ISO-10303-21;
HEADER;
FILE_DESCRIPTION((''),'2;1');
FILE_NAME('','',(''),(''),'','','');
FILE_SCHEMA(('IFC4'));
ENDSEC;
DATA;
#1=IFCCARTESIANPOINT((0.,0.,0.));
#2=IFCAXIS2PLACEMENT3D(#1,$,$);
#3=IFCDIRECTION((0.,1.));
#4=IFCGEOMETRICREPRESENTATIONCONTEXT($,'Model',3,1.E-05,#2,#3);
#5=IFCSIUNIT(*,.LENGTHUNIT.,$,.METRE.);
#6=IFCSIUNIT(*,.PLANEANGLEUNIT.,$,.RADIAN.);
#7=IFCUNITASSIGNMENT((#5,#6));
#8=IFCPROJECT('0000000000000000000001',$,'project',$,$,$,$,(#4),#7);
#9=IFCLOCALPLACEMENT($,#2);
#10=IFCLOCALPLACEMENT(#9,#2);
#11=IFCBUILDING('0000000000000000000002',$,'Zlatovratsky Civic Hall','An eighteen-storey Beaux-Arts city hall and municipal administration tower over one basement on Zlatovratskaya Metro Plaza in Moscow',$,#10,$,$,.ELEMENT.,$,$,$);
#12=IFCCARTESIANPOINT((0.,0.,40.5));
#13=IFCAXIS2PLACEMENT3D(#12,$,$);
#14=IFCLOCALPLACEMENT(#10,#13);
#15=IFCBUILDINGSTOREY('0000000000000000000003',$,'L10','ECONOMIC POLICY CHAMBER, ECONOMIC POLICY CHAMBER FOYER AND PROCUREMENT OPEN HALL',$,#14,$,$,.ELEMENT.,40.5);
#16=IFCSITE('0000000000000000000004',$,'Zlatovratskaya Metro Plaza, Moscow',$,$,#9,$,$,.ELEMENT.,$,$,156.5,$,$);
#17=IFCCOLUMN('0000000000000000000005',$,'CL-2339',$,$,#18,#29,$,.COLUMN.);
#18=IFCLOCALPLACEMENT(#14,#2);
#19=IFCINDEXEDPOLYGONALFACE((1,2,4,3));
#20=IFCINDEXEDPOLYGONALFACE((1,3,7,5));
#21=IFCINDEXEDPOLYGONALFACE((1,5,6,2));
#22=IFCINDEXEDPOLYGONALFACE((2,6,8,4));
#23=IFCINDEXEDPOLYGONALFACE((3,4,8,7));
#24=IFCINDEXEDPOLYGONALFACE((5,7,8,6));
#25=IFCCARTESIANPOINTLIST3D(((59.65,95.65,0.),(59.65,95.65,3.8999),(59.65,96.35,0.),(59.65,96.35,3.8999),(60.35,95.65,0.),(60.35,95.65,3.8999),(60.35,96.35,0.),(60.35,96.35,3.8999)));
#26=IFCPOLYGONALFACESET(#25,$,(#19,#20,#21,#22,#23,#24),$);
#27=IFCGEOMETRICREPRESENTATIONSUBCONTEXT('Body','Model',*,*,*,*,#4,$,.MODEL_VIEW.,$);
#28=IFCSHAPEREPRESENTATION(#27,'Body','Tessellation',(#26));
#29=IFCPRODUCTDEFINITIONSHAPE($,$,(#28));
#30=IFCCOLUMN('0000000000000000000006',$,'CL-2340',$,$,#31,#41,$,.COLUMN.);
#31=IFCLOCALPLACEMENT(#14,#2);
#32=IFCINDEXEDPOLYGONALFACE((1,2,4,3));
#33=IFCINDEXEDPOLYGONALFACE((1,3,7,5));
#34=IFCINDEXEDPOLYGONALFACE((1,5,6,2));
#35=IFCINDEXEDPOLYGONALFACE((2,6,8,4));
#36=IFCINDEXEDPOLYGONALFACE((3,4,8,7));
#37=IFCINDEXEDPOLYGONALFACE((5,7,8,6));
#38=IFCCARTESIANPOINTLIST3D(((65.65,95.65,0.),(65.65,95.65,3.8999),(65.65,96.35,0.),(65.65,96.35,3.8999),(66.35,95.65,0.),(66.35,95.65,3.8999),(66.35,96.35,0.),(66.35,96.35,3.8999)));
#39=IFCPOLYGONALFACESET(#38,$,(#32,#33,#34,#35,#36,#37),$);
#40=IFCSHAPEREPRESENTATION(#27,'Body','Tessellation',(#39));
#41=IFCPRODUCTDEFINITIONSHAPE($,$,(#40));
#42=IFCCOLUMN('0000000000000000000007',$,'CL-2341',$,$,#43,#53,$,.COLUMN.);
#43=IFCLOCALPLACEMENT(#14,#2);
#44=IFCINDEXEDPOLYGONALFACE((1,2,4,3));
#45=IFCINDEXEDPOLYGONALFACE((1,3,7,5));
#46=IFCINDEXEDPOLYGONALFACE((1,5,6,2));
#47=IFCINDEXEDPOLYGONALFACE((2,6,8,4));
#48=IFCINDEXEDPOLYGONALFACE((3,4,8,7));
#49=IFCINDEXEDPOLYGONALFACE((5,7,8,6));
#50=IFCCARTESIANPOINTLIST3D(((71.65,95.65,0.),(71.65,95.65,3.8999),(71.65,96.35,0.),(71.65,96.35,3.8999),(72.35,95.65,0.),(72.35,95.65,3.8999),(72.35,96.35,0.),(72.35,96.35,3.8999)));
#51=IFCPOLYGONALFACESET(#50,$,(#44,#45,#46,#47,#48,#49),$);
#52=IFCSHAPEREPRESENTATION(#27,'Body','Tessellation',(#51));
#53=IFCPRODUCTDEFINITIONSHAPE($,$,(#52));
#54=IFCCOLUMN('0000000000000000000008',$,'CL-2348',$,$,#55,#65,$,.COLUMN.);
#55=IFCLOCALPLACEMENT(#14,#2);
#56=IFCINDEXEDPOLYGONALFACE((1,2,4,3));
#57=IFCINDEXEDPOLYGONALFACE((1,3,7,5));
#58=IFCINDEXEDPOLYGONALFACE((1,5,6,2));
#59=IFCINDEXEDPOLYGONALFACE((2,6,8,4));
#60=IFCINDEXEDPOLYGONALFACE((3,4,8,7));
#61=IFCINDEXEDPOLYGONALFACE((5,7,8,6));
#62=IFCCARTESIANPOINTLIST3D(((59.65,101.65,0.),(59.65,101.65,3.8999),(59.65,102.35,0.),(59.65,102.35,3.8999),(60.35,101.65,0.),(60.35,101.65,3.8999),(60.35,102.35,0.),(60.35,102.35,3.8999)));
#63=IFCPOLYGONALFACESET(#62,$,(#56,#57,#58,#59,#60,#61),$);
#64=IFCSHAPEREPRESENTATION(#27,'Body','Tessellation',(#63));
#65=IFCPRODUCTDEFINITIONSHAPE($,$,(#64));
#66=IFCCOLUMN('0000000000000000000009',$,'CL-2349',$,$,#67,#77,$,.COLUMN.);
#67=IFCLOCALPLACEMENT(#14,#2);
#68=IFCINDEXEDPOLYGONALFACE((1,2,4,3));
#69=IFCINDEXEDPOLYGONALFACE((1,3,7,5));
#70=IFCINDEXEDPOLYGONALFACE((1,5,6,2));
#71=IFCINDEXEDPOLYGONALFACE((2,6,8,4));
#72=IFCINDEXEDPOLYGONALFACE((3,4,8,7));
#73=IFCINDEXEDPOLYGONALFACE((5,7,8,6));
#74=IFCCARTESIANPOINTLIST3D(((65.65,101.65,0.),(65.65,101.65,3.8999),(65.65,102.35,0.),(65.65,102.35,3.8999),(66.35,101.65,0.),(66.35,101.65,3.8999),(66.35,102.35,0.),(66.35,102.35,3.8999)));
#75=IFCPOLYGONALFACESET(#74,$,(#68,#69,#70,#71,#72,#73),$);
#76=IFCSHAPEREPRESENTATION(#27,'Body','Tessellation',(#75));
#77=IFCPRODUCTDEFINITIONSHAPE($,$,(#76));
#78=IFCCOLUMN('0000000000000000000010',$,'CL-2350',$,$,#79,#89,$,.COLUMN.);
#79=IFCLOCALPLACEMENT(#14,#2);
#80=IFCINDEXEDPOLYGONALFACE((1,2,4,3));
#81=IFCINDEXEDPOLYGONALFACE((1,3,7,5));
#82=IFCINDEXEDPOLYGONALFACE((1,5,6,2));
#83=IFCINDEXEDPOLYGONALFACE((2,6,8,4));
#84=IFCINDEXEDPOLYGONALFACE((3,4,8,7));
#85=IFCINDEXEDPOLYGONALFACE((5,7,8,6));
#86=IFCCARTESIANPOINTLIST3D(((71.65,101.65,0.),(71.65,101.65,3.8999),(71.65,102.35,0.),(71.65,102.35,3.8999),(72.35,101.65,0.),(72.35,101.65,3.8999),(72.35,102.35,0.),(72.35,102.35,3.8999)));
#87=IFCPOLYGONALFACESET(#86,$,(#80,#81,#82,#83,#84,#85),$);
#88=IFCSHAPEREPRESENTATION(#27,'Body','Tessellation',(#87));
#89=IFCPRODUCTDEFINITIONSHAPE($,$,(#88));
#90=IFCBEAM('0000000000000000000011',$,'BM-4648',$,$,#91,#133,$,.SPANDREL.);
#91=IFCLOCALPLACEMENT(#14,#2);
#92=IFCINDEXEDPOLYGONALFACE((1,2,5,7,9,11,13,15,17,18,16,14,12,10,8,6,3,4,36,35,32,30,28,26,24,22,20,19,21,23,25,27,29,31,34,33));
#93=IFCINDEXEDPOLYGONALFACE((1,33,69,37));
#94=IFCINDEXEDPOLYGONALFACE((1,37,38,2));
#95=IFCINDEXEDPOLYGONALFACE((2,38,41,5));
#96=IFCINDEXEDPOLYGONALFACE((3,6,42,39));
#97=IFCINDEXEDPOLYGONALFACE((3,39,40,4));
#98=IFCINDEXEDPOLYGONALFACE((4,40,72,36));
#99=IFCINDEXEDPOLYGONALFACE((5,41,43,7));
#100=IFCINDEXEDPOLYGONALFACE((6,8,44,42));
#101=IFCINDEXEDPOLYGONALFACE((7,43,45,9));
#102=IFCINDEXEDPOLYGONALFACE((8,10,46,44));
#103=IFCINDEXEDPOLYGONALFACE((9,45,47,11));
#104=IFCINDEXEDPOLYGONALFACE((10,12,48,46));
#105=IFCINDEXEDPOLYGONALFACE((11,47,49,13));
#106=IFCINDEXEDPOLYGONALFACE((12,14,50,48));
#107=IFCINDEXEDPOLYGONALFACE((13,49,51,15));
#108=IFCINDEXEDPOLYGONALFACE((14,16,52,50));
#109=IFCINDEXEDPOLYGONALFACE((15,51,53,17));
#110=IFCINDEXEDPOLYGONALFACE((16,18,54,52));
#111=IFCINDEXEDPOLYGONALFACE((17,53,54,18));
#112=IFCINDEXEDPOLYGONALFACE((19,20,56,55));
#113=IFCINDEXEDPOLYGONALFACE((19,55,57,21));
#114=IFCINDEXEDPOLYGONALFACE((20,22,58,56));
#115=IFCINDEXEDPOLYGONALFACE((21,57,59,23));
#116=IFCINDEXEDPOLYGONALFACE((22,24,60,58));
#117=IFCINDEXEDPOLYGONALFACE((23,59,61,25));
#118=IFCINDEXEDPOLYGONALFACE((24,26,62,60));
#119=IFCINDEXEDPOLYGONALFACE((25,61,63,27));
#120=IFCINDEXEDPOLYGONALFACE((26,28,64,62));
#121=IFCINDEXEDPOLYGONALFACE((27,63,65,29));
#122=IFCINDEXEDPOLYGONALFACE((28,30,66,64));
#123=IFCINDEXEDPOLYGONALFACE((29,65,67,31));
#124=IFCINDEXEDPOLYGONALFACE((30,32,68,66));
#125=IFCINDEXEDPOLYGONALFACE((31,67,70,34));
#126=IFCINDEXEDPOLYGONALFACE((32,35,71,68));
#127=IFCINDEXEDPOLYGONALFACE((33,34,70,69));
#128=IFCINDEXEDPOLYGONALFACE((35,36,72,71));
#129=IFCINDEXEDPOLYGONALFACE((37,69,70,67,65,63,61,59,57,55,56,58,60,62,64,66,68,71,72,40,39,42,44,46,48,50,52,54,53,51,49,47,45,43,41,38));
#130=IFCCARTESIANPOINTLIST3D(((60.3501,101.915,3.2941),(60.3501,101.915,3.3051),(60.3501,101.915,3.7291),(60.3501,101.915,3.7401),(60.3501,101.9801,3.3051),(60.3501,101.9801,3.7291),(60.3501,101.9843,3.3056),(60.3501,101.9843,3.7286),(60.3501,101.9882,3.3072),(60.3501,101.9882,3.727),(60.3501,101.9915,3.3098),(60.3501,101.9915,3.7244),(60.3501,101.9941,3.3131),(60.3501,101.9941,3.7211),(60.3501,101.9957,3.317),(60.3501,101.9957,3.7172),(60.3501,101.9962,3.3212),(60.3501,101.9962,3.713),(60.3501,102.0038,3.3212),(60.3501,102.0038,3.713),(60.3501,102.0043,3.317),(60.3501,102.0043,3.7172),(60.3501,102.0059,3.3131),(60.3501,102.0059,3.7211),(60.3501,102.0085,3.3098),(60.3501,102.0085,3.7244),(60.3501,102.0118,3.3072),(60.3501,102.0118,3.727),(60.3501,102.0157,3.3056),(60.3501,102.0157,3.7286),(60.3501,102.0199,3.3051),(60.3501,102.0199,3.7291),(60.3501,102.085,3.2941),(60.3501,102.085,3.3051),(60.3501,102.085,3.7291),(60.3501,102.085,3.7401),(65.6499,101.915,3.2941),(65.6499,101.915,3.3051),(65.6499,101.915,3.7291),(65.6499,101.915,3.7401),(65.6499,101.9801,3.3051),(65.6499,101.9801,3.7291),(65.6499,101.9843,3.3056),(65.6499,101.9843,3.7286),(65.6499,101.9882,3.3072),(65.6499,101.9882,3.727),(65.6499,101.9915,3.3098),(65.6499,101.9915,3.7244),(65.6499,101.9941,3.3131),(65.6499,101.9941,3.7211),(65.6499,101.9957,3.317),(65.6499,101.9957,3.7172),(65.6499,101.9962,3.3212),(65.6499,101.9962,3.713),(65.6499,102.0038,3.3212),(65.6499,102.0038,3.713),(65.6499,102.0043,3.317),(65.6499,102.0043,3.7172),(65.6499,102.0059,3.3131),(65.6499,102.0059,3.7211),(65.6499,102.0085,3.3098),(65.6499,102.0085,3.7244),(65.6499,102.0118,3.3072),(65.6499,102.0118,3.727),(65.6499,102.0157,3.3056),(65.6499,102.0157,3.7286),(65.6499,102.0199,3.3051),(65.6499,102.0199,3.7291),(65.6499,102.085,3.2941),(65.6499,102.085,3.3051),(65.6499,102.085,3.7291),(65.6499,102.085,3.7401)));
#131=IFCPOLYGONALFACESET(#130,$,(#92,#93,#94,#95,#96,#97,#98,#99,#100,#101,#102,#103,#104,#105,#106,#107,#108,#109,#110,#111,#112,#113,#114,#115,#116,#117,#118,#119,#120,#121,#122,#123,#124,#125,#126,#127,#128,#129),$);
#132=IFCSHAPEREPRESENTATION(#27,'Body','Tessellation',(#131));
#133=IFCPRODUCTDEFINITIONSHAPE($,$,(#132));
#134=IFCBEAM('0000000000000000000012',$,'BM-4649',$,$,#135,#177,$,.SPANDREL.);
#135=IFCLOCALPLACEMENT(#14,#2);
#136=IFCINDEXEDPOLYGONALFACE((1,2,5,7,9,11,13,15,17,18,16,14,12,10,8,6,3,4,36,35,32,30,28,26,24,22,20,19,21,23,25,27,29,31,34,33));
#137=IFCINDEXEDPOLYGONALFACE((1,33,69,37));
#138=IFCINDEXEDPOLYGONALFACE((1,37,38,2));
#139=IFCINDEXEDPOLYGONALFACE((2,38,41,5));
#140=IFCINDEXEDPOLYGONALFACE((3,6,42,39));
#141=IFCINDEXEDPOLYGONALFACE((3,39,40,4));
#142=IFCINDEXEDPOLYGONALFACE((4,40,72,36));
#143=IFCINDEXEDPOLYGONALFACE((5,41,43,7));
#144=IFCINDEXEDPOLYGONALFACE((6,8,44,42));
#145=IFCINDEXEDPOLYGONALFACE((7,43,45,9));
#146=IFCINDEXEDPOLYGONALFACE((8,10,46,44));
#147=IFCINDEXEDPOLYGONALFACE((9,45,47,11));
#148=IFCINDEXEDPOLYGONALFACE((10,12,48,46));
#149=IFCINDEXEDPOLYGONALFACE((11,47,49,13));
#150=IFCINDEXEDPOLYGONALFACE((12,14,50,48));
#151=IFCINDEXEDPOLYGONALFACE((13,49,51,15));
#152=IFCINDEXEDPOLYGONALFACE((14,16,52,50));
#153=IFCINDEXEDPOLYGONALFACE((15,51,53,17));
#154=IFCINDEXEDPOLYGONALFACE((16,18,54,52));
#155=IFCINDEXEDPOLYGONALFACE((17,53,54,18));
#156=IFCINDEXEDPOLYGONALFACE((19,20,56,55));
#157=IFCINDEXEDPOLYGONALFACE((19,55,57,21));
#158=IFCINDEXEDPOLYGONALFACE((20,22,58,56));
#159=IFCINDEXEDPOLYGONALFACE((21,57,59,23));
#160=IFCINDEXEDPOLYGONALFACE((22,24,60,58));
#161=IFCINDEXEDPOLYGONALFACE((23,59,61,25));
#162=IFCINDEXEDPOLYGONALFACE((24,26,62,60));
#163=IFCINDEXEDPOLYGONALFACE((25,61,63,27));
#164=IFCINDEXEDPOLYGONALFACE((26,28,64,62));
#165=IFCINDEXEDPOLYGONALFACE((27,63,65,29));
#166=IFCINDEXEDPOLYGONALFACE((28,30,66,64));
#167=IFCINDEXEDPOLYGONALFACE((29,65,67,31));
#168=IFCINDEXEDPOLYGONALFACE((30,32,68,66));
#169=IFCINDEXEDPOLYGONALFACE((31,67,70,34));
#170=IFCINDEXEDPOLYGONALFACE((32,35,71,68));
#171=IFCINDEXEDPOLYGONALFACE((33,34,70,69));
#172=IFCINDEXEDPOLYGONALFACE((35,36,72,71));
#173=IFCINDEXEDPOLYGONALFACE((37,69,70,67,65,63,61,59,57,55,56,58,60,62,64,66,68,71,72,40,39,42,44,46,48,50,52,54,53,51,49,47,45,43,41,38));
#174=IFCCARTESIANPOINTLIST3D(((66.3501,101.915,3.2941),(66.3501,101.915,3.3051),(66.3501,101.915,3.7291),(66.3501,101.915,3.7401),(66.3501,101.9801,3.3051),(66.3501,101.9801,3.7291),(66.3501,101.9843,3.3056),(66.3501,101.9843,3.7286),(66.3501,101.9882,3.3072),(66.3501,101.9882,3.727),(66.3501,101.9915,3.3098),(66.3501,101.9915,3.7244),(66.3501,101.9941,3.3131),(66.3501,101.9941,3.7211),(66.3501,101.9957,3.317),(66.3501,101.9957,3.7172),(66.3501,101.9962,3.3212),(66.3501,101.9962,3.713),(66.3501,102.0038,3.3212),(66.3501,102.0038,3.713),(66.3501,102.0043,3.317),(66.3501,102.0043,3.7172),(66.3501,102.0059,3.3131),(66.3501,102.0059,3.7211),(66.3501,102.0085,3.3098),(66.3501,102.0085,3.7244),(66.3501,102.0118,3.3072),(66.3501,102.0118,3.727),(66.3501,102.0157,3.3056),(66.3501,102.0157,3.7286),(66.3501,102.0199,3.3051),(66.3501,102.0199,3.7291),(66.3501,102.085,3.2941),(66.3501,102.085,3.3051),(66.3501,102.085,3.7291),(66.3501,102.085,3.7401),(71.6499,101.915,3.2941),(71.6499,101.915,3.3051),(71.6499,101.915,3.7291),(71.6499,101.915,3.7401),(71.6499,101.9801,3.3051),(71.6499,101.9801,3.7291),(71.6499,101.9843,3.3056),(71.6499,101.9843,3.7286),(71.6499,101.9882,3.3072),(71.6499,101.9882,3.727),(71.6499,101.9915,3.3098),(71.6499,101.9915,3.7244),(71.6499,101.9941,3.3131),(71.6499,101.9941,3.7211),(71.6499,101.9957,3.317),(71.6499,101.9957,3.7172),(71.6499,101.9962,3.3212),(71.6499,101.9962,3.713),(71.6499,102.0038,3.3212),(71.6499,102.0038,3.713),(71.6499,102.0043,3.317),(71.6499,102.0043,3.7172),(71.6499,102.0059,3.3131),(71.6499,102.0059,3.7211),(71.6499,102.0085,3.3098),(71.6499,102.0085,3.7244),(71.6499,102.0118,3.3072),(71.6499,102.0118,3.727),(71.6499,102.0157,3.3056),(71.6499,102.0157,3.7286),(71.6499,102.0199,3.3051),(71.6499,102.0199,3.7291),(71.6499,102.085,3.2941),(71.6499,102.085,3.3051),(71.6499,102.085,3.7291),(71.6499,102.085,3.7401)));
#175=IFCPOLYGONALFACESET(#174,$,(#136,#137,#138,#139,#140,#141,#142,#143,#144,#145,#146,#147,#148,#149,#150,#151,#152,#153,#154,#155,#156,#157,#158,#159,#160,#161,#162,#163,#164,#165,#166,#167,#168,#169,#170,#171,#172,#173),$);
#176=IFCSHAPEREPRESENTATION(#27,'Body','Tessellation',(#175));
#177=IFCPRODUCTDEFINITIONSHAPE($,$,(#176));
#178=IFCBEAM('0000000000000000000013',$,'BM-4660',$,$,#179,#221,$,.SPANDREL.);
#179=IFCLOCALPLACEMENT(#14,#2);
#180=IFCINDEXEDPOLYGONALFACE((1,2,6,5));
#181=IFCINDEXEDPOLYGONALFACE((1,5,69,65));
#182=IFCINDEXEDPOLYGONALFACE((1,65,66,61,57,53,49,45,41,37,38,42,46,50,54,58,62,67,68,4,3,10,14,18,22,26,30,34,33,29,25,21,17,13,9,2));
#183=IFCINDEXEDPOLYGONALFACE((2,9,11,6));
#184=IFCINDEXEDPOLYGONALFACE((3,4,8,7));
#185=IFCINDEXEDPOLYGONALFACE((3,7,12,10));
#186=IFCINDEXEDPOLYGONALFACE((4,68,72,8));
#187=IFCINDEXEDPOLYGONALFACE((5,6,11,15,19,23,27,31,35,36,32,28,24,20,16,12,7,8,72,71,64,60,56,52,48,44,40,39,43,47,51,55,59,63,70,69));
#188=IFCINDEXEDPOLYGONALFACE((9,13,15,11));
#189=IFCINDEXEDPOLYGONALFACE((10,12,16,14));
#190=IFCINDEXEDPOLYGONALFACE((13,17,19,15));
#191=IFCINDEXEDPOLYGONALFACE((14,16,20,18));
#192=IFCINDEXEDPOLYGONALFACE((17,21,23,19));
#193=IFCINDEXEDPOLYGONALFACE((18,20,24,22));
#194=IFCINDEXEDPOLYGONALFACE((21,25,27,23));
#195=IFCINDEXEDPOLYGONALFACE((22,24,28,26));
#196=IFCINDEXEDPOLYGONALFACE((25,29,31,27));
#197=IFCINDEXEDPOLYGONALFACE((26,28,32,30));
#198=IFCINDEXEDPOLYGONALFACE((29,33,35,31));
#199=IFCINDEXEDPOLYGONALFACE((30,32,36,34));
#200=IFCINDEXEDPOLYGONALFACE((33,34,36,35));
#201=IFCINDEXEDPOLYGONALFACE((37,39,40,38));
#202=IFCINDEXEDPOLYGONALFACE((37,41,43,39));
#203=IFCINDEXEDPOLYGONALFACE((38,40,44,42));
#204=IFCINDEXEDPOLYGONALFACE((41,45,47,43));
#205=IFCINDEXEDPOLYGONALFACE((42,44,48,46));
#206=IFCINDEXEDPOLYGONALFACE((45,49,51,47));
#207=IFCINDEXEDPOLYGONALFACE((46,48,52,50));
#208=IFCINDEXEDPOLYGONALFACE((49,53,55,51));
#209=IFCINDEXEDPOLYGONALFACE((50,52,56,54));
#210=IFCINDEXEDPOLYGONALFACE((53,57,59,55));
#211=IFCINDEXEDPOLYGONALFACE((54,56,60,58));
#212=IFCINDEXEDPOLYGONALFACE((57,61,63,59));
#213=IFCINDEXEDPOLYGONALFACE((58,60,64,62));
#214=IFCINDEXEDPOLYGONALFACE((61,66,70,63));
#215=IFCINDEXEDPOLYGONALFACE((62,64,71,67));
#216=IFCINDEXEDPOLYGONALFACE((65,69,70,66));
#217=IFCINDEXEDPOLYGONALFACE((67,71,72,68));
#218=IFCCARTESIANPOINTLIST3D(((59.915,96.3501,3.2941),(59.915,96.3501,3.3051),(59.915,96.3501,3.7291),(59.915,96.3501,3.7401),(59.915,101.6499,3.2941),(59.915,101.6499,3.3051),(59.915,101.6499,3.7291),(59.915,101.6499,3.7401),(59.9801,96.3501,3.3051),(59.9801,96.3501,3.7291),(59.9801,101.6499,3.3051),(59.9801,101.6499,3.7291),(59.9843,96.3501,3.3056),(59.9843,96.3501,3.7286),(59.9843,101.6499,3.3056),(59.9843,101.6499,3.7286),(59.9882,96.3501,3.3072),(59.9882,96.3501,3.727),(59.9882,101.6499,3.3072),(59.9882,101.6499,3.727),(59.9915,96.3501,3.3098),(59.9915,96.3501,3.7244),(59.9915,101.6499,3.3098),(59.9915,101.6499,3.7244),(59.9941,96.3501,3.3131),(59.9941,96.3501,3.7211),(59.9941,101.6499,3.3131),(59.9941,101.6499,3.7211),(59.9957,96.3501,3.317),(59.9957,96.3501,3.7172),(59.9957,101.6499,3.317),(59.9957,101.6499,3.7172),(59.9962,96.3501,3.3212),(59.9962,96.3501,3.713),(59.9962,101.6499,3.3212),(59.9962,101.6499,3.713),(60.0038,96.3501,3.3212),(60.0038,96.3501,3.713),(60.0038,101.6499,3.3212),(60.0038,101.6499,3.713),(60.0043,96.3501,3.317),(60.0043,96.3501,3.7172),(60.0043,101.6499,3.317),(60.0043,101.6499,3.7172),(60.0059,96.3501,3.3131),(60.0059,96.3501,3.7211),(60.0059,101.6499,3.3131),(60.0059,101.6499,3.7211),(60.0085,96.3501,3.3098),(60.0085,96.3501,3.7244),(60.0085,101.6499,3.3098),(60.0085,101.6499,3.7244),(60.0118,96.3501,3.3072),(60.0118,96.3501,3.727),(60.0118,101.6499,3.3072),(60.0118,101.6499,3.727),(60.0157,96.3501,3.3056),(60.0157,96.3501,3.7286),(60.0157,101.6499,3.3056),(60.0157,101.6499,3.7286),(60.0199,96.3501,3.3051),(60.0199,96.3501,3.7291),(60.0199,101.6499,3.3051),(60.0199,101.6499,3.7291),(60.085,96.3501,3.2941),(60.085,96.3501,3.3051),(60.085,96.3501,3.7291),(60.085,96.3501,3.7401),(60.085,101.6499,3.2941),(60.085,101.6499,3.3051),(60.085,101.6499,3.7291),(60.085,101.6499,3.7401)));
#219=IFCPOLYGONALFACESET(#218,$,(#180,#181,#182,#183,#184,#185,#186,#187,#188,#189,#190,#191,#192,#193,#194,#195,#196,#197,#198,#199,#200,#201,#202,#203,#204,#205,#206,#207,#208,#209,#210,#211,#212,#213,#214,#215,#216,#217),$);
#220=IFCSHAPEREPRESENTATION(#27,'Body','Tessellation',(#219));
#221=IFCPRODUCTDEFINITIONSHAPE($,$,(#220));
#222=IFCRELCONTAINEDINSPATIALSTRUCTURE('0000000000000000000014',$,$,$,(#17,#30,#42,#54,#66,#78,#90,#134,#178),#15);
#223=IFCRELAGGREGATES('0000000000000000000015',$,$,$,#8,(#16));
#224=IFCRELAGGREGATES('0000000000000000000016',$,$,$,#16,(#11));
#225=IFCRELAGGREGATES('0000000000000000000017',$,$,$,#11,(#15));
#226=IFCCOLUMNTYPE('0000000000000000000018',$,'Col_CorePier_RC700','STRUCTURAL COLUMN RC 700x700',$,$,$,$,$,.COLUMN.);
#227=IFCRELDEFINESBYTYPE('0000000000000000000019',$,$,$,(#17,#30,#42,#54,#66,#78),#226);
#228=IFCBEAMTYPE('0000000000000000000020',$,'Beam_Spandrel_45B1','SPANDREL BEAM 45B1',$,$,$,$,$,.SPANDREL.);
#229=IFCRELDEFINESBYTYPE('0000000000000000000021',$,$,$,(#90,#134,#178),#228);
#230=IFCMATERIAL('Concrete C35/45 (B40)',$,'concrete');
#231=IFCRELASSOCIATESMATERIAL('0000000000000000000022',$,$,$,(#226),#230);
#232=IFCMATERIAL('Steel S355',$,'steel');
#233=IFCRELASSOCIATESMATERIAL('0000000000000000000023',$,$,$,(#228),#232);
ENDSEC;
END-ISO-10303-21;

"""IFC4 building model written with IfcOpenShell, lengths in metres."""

from ifc_helpers import new_model, si_unit, direction, frame, origin, origin_2d, place, context, subcontext, project, spatial, rectangle, i_section, extrude, material, material_profile, profile_set, type_object, element, save


model = new_model("IFC4")

# Units and contexts
model_context = context("Model", 3, precision=1e-05, world=origin(), true_north=direction((0.0, 1.0)))
body_context = subcontext(model_context, "Body", "Model", "MODEL_VIEW")
ifc_project = project(units=[si_unit("LENGTHUNIT", "METRE"), si_unit("PLANEANGLEUNIT", "RADIAN")], contexts=[model_context])

# Site, building, storey
site_placement = place(None, origin())
site = spatial("IfcSite", under=ifc_project, at=site_placement, Name="Zlatovratskaya Metro Plaza, Moscow", CompositionType="ELEMENT", RefElevation=156.5)
building_placement = place(site_placement, origin())
building = spatial("IfcBuilding", under=site, at=building_placement, Name="Zlatovratsky Civic Hall", Description="An eighteen-storey Beaux-Arts city hall and municipal administration tower over one basement on Zlatovratskaya Metro Plaza in Moscow", CompositionType="ELEMENT")
storey_placement = place(building_placement, frame((0.0, 0.0, 40.5)))
storey = spatial("IfcBuildingStorey", under=building, at=storey_placement, Name="L10", Description="ECONOMIC POLICY CHAMBER, ECONOMIC POLICY CHAMBER FOYER AND PROCUREMENT OPEN HALL", CompositionType="ELEMENT", Elevation=40.5)

# Columns
ifc_material_1 = material(Name="Concrete C35/45 (B40)", Category="concrete")
ifc_material_profile_1 = material_profile(ifc_material_1, rectangle(XDim=0.7, YDim=0.7, at=origin_2d()), Name="RC 700x700")
ifc_profile_set_1 = profile_set([ifc_material_profile_1], Name="Concrete C35/45 (B40)")
column_type = type_object("IfcColumnType", Name="Col_CorePier_RC700", Description="STRUCTURAL COLUMN RC 700x700", PredefinedType="COLUMN", material=ifc_profile_set_1)
for number, where, z_axis, x_axis, name in (
    (1, (60.0, 96.0, 0.0), (0.0, 0.0, 1.0), (1.0, 0.0, 0.0), "CL-2339"),
    (2, (66.0, 96.0, 0.0), (0.0, 0.0, 1.0), (1.0, 0.0, 0.0), "CL-2340"),
    (3, (72.0, 96.0, 0.0), (0.0, 0.0, 1.0), (1.0, 0.0, 0.0), "CL-2341"),
    (4, (60.0, 102.0, 0.0), (0.0, 0.0, 1.0), (1.0, 0.0, 0.0), "CL-2348"),
    (5, (66.0, 102.0, 0.0), (0.0, 0.0, 1.0), (1.0, 0.0, 0.0), "CL-2349"),
    (6, (72.0, 102.0, 0.0), (0.0, 0.0, 1.0), (1.0, 0.0, 0.0), "CL-2350"),
):
    element("IfcColumn", number, at=place(storey_placement, frame(where, z_axis=z_axis, x_axis=x_axis)), inside=storey, type_object=column_type, Name=name, PredefinedType="COLUMN", context=body_context, shape_type="SweptSolid", body=[
        extrude(rectangle(XDim=0.7, YDim=0.7, at=origin_2d()), origin(), (0.0, 0.0, 1.0), 3.8999),
    ])

# Beams
ifc_material_2 = material(Name="Steel S355", Category="steel")
ifc_material_profile_2 = material_profile(ifc_material_2, i_section(OverallWidth=0.1699, OverallDepth=0.446, WebThickness=0.0076, FlangeThickness=0.011, FilletRadius=0.0161, at=origin_2d()), Name="45B1")
ifc_profile_set_2 = profile_set([ifc_material_profile_2], Name="Steel S355")
beam_type_1 = type_object("IfcBeamType", Name="Beam_Spandrel_45B1", Description="SPANDREL BEAM 45B1", PredefinedType="SPANDREL", material=ifc_profile_set_2)
for number, where, z_axis, x_axis, name in (
    (7, (60.3501, 102.0, 3.5171), (1.0, 0.0, 0.0), (0.0, 1.0, 0.0), "BM-4648"),
    (8, (66.3501, 102.0, 3.5171), (1.0, 0.0, 0.0), (0.0, 1.0, 0.0), "BM-4649"),
    (9, (60.0, 96.3501, 3.5171), (0.0, 1.0, 0.0), (-1.0, 0.0, 0.0), "BM-4660"),
):
    element("IfcBeam", number, at=place(storey_placement, frame(where, z_axis=z_axis, x_axis=x_axis)), inside=storey, type_object=beam_type_1, Name=name, PredefinedType="SPANDREL", context=body_context, shape_type="SweptSolid", body=[
        extrude(i_section(OverallWidth=0.1699, OverallDepth=0.446, WebThickness=0.0076, FlangeThickness=0.011, FilletRadius=0.0161, at=origin_2d()), origin(), (0.0, 0.0, 1.0), 5.2998),
    ])

save(model, "model.ifc")
